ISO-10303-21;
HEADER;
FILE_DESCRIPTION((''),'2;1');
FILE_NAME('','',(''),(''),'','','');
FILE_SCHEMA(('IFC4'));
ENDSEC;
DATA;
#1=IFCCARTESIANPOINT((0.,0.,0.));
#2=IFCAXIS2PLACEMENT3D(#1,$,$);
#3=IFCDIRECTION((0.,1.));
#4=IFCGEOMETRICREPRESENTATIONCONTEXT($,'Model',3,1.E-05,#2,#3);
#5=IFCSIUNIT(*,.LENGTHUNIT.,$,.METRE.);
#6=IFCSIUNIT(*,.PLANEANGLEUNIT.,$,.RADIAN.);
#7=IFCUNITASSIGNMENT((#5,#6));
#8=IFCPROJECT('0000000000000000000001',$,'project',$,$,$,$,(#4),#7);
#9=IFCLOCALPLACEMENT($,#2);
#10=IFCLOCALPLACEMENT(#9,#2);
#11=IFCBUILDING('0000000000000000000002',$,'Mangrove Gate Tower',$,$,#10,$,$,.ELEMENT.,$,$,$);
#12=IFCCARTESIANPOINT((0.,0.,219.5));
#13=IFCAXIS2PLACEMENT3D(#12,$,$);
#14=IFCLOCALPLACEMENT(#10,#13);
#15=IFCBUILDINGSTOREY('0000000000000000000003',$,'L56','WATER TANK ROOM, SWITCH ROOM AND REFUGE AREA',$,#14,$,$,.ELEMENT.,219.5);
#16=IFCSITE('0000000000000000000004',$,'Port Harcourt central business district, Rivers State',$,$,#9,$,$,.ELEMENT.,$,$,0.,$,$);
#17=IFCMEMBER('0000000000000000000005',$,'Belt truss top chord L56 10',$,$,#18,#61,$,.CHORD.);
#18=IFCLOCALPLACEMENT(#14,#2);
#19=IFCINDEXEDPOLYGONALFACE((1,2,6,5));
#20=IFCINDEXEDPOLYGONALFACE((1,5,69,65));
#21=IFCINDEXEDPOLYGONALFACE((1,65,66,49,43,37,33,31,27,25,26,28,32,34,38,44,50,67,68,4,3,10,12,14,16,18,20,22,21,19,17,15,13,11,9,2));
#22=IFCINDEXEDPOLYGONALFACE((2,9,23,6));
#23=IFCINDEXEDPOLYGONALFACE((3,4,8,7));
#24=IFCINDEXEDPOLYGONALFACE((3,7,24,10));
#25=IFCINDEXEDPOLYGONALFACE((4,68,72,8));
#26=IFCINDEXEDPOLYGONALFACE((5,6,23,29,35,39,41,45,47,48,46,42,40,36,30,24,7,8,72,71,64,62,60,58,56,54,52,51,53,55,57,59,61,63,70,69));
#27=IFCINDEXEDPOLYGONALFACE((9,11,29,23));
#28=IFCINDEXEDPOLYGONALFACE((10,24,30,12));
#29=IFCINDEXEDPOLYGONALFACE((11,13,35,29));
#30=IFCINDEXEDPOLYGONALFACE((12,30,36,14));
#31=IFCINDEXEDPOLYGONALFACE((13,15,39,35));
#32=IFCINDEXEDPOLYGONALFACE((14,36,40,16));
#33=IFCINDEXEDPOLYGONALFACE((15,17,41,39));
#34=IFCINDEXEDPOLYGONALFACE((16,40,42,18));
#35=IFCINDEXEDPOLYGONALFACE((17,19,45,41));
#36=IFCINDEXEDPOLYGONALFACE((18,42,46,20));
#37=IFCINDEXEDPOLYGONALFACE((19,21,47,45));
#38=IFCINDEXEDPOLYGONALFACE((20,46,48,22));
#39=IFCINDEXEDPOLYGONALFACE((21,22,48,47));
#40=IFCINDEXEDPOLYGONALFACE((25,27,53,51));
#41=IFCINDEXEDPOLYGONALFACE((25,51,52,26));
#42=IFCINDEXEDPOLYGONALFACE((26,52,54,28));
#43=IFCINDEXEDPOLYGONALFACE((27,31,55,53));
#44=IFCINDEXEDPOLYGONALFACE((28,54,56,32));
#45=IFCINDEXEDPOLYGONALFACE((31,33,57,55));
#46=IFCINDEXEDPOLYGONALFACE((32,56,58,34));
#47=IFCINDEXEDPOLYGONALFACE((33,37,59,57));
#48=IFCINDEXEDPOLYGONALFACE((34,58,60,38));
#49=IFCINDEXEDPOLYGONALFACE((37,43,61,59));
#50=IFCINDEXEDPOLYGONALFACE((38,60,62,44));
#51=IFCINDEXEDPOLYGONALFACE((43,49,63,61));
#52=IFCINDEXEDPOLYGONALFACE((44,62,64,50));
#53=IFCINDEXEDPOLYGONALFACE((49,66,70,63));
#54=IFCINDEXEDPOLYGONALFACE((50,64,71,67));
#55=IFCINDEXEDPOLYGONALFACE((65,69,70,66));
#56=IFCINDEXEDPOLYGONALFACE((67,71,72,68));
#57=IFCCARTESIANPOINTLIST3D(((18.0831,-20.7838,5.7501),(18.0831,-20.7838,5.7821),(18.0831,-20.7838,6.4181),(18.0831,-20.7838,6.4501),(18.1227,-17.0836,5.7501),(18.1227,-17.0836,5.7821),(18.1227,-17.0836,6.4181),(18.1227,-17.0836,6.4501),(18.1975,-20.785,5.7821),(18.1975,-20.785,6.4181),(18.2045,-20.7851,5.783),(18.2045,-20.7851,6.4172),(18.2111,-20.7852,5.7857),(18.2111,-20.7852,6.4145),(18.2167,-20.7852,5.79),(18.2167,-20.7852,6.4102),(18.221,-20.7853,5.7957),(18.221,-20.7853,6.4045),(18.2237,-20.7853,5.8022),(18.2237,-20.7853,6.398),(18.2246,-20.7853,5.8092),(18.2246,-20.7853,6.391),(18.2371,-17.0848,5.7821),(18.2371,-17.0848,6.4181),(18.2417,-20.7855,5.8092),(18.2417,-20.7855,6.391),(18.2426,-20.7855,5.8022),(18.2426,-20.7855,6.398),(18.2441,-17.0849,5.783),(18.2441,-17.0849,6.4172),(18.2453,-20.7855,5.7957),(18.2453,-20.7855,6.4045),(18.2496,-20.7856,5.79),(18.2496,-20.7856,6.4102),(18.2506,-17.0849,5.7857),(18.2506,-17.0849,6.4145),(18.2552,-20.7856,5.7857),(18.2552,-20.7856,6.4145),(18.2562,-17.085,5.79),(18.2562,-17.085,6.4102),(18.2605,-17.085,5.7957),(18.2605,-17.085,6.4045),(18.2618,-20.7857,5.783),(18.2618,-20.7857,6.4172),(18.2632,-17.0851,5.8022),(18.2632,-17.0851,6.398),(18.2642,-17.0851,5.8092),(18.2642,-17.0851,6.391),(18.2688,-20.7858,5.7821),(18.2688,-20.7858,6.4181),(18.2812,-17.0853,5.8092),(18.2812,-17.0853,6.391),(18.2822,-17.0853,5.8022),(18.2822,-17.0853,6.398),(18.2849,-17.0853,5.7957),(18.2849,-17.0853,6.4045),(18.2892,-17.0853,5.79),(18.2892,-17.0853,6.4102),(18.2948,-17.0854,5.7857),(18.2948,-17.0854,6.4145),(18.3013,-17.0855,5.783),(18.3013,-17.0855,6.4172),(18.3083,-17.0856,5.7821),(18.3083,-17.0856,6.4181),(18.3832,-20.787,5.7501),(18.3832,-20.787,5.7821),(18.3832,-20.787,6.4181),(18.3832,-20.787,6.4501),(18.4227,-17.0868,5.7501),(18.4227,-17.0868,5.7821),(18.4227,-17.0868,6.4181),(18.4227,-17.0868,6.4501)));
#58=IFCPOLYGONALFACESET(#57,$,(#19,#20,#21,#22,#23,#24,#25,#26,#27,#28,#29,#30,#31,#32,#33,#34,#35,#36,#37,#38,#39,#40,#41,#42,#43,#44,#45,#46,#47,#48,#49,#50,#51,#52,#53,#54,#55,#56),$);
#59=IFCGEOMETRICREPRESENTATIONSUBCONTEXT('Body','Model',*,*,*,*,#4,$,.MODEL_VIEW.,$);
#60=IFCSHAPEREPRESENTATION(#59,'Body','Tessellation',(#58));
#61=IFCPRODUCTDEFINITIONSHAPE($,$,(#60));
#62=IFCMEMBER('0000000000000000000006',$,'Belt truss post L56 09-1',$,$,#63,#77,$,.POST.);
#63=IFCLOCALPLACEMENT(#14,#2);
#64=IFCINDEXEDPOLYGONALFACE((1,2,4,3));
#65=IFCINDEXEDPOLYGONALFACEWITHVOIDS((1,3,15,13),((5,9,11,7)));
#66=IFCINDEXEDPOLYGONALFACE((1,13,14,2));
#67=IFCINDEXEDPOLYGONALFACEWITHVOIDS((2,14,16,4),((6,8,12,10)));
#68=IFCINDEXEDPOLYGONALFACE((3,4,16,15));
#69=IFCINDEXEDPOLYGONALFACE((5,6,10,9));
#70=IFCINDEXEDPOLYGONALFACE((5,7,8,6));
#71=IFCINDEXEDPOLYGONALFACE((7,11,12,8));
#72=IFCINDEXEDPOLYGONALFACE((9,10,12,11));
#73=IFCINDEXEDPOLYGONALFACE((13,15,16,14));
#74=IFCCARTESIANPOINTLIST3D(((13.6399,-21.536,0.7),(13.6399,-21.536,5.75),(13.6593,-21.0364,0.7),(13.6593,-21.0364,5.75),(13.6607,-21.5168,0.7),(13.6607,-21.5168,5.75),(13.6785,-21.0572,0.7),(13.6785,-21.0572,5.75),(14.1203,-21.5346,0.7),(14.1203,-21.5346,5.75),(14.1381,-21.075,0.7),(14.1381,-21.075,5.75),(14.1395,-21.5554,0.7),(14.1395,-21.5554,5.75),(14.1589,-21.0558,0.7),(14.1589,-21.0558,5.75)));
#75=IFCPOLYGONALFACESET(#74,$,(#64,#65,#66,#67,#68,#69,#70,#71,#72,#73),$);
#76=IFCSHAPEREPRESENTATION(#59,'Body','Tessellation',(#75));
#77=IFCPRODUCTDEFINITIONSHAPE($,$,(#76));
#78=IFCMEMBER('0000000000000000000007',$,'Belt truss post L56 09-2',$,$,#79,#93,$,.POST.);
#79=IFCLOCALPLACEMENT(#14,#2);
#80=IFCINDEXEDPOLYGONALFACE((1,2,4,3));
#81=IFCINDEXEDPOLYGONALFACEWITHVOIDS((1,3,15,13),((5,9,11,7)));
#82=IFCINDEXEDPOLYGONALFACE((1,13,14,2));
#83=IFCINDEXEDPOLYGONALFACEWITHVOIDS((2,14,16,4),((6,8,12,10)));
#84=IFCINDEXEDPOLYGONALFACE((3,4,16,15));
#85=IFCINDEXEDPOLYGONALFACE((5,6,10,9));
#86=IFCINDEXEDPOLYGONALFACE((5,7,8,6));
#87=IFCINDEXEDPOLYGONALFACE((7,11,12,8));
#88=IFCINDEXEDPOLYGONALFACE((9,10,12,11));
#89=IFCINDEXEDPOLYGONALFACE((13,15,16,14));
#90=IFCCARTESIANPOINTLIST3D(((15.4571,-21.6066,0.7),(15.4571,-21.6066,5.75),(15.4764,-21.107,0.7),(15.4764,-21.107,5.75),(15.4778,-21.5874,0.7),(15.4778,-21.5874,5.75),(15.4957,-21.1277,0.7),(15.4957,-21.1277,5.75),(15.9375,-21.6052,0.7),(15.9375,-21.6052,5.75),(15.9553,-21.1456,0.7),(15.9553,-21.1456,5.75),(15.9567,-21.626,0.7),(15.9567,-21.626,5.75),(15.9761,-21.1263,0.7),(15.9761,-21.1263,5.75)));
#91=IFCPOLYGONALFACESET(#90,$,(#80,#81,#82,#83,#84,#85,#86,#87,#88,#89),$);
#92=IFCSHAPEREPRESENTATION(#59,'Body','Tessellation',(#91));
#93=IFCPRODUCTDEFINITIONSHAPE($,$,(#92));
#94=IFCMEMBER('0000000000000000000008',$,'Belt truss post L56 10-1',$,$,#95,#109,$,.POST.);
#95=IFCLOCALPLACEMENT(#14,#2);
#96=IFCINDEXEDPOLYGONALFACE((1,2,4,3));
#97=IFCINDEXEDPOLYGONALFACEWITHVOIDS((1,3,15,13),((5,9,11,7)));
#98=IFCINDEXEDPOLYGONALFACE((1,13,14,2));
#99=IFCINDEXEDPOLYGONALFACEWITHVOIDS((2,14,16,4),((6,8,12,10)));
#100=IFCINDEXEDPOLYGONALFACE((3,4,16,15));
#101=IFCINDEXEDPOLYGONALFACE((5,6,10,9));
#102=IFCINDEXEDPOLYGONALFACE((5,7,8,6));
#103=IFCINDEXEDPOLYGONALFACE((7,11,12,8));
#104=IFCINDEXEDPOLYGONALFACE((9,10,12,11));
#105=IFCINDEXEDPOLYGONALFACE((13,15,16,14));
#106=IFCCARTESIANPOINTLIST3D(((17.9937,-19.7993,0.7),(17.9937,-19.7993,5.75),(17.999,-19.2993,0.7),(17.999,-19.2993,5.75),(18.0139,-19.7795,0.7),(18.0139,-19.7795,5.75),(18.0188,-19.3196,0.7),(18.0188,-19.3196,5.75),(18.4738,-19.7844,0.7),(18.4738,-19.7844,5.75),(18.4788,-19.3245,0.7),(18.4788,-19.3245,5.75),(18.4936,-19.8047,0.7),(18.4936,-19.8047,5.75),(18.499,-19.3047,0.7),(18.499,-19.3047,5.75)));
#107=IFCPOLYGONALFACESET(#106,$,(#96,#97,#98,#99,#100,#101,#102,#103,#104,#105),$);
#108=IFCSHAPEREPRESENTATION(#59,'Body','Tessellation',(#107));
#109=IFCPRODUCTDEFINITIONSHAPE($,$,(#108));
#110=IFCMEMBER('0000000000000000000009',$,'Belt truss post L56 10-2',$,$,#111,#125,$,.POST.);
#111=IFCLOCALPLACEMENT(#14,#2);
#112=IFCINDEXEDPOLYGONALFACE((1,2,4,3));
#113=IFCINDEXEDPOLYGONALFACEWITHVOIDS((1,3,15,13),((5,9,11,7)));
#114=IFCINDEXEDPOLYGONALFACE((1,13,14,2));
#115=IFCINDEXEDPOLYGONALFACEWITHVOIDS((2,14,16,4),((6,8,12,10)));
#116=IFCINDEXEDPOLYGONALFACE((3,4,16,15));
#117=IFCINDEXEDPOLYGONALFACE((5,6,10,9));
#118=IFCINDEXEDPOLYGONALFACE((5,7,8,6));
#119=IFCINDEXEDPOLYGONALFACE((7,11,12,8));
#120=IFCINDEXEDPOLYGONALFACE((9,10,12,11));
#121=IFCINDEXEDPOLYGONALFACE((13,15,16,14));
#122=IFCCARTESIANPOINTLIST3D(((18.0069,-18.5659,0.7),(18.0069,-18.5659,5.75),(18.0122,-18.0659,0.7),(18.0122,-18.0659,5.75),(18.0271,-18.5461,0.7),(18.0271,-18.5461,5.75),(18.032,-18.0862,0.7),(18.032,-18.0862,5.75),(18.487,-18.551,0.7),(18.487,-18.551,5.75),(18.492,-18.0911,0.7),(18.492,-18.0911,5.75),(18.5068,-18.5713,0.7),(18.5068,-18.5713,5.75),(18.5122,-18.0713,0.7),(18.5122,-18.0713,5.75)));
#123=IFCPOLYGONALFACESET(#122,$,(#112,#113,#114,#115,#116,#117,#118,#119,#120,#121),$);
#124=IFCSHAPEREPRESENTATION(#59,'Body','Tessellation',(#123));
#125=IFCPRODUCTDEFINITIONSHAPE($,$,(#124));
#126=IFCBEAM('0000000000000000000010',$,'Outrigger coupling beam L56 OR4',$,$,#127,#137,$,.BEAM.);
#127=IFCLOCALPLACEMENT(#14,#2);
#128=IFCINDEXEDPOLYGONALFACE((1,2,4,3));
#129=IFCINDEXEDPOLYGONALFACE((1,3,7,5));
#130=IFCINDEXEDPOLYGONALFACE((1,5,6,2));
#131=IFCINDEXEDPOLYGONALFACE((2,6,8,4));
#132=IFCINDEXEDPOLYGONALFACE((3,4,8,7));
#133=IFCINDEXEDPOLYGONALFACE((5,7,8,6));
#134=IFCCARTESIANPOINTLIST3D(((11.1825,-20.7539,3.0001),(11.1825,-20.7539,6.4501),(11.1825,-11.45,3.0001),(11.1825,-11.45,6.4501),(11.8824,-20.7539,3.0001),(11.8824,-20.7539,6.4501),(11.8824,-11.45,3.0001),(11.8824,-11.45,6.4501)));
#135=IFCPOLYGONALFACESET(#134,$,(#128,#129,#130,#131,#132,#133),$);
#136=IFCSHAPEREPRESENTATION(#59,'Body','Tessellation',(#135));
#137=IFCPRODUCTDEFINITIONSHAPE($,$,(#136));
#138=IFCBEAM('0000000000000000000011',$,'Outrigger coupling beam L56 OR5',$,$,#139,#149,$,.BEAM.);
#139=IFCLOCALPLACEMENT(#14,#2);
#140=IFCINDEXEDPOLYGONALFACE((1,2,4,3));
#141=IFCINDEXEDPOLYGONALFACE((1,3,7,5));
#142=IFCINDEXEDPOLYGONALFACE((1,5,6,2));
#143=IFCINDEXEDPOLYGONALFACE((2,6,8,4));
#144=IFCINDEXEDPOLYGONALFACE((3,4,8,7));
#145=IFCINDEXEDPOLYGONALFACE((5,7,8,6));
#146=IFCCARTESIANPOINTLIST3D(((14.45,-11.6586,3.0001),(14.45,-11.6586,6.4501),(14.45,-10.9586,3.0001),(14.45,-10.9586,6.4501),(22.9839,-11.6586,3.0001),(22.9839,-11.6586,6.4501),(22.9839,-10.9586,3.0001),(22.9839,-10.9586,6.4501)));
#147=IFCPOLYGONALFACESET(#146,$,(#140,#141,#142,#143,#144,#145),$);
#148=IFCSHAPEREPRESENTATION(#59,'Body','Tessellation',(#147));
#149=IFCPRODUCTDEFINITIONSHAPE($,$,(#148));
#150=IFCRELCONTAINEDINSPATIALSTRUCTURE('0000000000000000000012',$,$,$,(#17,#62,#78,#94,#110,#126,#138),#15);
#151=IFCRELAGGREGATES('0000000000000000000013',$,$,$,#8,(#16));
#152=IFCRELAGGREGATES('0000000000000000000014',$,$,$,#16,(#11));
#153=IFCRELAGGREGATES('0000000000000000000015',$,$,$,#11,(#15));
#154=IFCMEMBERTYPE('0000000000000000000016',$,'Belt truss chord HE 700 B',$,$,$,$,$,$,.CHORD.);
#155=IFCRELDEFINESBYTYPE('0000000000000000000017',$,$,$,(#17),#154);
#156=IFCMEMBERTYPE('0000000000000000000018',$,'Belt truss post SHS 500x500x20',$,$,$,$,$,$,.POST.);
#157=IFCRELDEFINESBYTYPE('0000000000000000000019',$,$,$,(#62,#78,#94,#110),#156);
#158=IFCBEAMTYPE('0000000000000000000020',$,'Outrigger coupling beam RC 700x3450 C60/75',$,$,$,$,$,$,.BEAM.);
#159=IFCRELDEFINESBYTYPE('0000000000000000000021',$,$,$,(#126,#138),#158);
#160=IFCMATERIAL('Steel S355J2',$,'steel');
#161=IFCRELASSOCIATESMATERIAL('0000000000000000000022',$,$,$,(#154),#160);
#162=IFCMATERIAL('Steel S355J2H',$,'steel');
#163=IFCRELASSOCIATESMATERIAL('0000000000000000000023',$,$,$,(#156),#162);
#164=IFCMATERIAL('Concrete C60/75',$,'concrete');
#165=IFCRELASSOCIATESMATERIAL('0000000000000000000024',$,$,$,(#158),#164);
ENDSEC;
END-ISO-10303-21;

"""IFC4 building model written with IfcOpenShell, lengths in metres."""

from ifc_helpers import new_model, si_unit, direction, frame, origin, origin_2d, place, context, subcontext, project, spatial, rectangle, hollow_rectangle, i_section, extrude, material, material_profile, profile_set, type_object, element, save


model = new_model("IFC4")

# Units and contexts
model_context = context("Model", 3, precision=1e-05, world=origin(), true_north=direction((0.0, 1.0)))
body_context = subcontext(model_context, "Body", "Model", "MODEL_VIEW")
ifc_project = project(units=[si_unit("LENGTHUNIT", "METRE"), si_unit("PLANEANGLEUNIT", "RADIAN")], contexts=[model_context])

# Site, building, storey
site_placement = place(None, origin())
site = spatial("IfcSite", under=ifc_project, at=site_placement, Name="Port Harcourt central business district, Rivers State", CompositionType="ELEMENT", RefElevation=0.0)
building_placement = place(site_placement, origin())
building = spatial("IfcBuilding", under=site, at=building_placement, Name="Mangrove Gate Tower", CompositionType="ELEMENT")
storey_placement = place(building_placement, frame((0.0, 0.0, 219.5)))
storey = spatial("IfcBuildingStorey", under=building, at=storey_placement, Name="L56", Description="WATER TANK ROOM, SWITCH ROOM AND REFUGE AREA", CompositionType="ELEMENT", Elevation=219.5)

# Members
ifc_material_1 = material(Name="Steel S355J2", Category="steel")
ifc_material_profile_1 = material_profile(ifc_material_1, i_section(OverallWidth=0.3, OverallDepth=0.7, WebThickness=0.0171, FlangeThickness=0.032, FilletRadius=0.0271, at=origin_2d()))
ifc_profile_set_1 = profile_set([ifc_material_profile_1], Name="Steel S355J2")
member_type_1 = type_object("IfcMemberType", Name="Belt truss chord HE 700 B", PredefinedType="CHORD", material=ifc_profile_set_1)
for number, where, z_axis, x_axis, name in (
    (1, (18.2332, -20.7854, 6.1001), (0.010688, 0.999943, 0.0), (-0.999943, 0.010688, 0.0), "Belt truss top chord L56 10"),
):
    element("IfcMember", number, at=place(storey_placement, frame(where, z_axis=z_axis, x_axis=x_axis)), inside=storey, type_object=member_type_1, Name=name, PredefinedType="CHORD", context=body_context, shape_type="SweptSolid", body=[
        extrude(i_section(OverallWidth=0.3, OverallDepth=0.7, WebThickness=0.0171, FlangeThickness=0.032, FilletRadius=0.0271, at=origin_2d()), origin(), (0.0, 0.0, 1.0), 3.7004),
    ])
ifc_material_2 = material(Name="Steel S355J2H", Category="steel")
ifc_material_profile_2 = material_profile(ifc_material_2, hollow_rectangle(XDim=0.5, YDim=0.5, WallThickness=0.02, at=origin_2d()))
ifc_profile_set_2 = profile_set([ifc_material_profile_2], Name="Steel S355J2H")
member_type_2 = type_object("IfcMemberType", Name="Belt truss post SHS 500x500x20", PredefinedType="POST", material=ifc_profile_set_2)
for number, where, z_axis, x_axis, name in (
    (2, (13.8994, -21.2959, 0.7), (0.0, 0.0, 1.0), (0.999249, -0.038741, 0.0), "Belt truss post L56 09-1"),
    (3, (15.7166, -21.3665, 0.7), (0.0, 0.0, 1.0), (0.999249, -0.038741, 0.0), "Belt truss post L56 09-2"),
    (4, (18.2463, -19.552, 0.7), (0.0, 0.0, 1.0), (0.010709, 0.999943, 0.0), "Belt truss post L56 10-1"),
    (5, (18.2595, -18.3186, 0.7), (0.0, 0.0, 1.0), (0.010709, 0.999943, 0.0), "Belt truss post L56 10-2"),
):
    element("IfcMember", number, at=place(storey_placement, frame(where, z_axis=z_axis, x_axis=x_axis)), inside=storey, type_object=member_type_2, Name=name, PredefinedType="POST", context=body_context, shape_type="SweptSolid", body=[
        extrude(hollow_rectangle(XDim=0.5, YDim=0.5, WallThickness=0.02, at=origin_2d()), origin(), (0.0, 0.0, 1.0), 5.05),
    ])

# Beams
ifc_material_3 = material(Name="Concrete C60/75", Category="concrete")
ifc_material_profile_3 = material_profile(ifc_material_3, rectangle(XDim=0.7, YDim=3.45, at=origin_2d()))
ifc_profile_set_3 = profile_set([ifc_material_profile_3], Name="Concrete C60/75")
beam_type = type_object("IfcBeamType", Name="Outrigger coupling beam RC 700x3450 C60/75", PredefinedType="BEAM", material=ifc_profile_set_3)
beam_1_placement = place(storey_placement, frame((11.5325, -11.45, 4.7251), z_axis=(0.0, -1.0, 0.0), x_axis=(1.0, 0.0, 0.0)))
element("IfcBeam", 6, at=beam_1_placement, inside=storey, type_object=beam_type, Name="Outrigger coupling beam L56 OR4", PredefinedType="BEAM", context=body_context, shape_type="SweptSolid", body=[
    extrude(rectangle(XDim=0.7, YDim=3.45, at=origin_2d()), origin(), (0.0, 0.0, 1.0), 9.304),
])
beam_2_placement = place(storey_placement, frame((14.45, -11.3086, 4.7251), z_axis=(1.0, 0.0, 0.0), x_axis=(0.0, 1.0, 0.0)))
element("IfcBeam", 7, at=beam_2_placement, inside=storey, type_object=beam_type, Name="Outrigger coupling beam L56 OR5", PredefinedType="BEAM", context=body_context, shape_type="SweptSolid", body=[
    extrude(rectangle(XDim=0.7, YDim=3.45, at=origin_2d()), origin(), (0.0, 0.0, 1.0), 8.5339),
])

save(model, "model.ifc")
